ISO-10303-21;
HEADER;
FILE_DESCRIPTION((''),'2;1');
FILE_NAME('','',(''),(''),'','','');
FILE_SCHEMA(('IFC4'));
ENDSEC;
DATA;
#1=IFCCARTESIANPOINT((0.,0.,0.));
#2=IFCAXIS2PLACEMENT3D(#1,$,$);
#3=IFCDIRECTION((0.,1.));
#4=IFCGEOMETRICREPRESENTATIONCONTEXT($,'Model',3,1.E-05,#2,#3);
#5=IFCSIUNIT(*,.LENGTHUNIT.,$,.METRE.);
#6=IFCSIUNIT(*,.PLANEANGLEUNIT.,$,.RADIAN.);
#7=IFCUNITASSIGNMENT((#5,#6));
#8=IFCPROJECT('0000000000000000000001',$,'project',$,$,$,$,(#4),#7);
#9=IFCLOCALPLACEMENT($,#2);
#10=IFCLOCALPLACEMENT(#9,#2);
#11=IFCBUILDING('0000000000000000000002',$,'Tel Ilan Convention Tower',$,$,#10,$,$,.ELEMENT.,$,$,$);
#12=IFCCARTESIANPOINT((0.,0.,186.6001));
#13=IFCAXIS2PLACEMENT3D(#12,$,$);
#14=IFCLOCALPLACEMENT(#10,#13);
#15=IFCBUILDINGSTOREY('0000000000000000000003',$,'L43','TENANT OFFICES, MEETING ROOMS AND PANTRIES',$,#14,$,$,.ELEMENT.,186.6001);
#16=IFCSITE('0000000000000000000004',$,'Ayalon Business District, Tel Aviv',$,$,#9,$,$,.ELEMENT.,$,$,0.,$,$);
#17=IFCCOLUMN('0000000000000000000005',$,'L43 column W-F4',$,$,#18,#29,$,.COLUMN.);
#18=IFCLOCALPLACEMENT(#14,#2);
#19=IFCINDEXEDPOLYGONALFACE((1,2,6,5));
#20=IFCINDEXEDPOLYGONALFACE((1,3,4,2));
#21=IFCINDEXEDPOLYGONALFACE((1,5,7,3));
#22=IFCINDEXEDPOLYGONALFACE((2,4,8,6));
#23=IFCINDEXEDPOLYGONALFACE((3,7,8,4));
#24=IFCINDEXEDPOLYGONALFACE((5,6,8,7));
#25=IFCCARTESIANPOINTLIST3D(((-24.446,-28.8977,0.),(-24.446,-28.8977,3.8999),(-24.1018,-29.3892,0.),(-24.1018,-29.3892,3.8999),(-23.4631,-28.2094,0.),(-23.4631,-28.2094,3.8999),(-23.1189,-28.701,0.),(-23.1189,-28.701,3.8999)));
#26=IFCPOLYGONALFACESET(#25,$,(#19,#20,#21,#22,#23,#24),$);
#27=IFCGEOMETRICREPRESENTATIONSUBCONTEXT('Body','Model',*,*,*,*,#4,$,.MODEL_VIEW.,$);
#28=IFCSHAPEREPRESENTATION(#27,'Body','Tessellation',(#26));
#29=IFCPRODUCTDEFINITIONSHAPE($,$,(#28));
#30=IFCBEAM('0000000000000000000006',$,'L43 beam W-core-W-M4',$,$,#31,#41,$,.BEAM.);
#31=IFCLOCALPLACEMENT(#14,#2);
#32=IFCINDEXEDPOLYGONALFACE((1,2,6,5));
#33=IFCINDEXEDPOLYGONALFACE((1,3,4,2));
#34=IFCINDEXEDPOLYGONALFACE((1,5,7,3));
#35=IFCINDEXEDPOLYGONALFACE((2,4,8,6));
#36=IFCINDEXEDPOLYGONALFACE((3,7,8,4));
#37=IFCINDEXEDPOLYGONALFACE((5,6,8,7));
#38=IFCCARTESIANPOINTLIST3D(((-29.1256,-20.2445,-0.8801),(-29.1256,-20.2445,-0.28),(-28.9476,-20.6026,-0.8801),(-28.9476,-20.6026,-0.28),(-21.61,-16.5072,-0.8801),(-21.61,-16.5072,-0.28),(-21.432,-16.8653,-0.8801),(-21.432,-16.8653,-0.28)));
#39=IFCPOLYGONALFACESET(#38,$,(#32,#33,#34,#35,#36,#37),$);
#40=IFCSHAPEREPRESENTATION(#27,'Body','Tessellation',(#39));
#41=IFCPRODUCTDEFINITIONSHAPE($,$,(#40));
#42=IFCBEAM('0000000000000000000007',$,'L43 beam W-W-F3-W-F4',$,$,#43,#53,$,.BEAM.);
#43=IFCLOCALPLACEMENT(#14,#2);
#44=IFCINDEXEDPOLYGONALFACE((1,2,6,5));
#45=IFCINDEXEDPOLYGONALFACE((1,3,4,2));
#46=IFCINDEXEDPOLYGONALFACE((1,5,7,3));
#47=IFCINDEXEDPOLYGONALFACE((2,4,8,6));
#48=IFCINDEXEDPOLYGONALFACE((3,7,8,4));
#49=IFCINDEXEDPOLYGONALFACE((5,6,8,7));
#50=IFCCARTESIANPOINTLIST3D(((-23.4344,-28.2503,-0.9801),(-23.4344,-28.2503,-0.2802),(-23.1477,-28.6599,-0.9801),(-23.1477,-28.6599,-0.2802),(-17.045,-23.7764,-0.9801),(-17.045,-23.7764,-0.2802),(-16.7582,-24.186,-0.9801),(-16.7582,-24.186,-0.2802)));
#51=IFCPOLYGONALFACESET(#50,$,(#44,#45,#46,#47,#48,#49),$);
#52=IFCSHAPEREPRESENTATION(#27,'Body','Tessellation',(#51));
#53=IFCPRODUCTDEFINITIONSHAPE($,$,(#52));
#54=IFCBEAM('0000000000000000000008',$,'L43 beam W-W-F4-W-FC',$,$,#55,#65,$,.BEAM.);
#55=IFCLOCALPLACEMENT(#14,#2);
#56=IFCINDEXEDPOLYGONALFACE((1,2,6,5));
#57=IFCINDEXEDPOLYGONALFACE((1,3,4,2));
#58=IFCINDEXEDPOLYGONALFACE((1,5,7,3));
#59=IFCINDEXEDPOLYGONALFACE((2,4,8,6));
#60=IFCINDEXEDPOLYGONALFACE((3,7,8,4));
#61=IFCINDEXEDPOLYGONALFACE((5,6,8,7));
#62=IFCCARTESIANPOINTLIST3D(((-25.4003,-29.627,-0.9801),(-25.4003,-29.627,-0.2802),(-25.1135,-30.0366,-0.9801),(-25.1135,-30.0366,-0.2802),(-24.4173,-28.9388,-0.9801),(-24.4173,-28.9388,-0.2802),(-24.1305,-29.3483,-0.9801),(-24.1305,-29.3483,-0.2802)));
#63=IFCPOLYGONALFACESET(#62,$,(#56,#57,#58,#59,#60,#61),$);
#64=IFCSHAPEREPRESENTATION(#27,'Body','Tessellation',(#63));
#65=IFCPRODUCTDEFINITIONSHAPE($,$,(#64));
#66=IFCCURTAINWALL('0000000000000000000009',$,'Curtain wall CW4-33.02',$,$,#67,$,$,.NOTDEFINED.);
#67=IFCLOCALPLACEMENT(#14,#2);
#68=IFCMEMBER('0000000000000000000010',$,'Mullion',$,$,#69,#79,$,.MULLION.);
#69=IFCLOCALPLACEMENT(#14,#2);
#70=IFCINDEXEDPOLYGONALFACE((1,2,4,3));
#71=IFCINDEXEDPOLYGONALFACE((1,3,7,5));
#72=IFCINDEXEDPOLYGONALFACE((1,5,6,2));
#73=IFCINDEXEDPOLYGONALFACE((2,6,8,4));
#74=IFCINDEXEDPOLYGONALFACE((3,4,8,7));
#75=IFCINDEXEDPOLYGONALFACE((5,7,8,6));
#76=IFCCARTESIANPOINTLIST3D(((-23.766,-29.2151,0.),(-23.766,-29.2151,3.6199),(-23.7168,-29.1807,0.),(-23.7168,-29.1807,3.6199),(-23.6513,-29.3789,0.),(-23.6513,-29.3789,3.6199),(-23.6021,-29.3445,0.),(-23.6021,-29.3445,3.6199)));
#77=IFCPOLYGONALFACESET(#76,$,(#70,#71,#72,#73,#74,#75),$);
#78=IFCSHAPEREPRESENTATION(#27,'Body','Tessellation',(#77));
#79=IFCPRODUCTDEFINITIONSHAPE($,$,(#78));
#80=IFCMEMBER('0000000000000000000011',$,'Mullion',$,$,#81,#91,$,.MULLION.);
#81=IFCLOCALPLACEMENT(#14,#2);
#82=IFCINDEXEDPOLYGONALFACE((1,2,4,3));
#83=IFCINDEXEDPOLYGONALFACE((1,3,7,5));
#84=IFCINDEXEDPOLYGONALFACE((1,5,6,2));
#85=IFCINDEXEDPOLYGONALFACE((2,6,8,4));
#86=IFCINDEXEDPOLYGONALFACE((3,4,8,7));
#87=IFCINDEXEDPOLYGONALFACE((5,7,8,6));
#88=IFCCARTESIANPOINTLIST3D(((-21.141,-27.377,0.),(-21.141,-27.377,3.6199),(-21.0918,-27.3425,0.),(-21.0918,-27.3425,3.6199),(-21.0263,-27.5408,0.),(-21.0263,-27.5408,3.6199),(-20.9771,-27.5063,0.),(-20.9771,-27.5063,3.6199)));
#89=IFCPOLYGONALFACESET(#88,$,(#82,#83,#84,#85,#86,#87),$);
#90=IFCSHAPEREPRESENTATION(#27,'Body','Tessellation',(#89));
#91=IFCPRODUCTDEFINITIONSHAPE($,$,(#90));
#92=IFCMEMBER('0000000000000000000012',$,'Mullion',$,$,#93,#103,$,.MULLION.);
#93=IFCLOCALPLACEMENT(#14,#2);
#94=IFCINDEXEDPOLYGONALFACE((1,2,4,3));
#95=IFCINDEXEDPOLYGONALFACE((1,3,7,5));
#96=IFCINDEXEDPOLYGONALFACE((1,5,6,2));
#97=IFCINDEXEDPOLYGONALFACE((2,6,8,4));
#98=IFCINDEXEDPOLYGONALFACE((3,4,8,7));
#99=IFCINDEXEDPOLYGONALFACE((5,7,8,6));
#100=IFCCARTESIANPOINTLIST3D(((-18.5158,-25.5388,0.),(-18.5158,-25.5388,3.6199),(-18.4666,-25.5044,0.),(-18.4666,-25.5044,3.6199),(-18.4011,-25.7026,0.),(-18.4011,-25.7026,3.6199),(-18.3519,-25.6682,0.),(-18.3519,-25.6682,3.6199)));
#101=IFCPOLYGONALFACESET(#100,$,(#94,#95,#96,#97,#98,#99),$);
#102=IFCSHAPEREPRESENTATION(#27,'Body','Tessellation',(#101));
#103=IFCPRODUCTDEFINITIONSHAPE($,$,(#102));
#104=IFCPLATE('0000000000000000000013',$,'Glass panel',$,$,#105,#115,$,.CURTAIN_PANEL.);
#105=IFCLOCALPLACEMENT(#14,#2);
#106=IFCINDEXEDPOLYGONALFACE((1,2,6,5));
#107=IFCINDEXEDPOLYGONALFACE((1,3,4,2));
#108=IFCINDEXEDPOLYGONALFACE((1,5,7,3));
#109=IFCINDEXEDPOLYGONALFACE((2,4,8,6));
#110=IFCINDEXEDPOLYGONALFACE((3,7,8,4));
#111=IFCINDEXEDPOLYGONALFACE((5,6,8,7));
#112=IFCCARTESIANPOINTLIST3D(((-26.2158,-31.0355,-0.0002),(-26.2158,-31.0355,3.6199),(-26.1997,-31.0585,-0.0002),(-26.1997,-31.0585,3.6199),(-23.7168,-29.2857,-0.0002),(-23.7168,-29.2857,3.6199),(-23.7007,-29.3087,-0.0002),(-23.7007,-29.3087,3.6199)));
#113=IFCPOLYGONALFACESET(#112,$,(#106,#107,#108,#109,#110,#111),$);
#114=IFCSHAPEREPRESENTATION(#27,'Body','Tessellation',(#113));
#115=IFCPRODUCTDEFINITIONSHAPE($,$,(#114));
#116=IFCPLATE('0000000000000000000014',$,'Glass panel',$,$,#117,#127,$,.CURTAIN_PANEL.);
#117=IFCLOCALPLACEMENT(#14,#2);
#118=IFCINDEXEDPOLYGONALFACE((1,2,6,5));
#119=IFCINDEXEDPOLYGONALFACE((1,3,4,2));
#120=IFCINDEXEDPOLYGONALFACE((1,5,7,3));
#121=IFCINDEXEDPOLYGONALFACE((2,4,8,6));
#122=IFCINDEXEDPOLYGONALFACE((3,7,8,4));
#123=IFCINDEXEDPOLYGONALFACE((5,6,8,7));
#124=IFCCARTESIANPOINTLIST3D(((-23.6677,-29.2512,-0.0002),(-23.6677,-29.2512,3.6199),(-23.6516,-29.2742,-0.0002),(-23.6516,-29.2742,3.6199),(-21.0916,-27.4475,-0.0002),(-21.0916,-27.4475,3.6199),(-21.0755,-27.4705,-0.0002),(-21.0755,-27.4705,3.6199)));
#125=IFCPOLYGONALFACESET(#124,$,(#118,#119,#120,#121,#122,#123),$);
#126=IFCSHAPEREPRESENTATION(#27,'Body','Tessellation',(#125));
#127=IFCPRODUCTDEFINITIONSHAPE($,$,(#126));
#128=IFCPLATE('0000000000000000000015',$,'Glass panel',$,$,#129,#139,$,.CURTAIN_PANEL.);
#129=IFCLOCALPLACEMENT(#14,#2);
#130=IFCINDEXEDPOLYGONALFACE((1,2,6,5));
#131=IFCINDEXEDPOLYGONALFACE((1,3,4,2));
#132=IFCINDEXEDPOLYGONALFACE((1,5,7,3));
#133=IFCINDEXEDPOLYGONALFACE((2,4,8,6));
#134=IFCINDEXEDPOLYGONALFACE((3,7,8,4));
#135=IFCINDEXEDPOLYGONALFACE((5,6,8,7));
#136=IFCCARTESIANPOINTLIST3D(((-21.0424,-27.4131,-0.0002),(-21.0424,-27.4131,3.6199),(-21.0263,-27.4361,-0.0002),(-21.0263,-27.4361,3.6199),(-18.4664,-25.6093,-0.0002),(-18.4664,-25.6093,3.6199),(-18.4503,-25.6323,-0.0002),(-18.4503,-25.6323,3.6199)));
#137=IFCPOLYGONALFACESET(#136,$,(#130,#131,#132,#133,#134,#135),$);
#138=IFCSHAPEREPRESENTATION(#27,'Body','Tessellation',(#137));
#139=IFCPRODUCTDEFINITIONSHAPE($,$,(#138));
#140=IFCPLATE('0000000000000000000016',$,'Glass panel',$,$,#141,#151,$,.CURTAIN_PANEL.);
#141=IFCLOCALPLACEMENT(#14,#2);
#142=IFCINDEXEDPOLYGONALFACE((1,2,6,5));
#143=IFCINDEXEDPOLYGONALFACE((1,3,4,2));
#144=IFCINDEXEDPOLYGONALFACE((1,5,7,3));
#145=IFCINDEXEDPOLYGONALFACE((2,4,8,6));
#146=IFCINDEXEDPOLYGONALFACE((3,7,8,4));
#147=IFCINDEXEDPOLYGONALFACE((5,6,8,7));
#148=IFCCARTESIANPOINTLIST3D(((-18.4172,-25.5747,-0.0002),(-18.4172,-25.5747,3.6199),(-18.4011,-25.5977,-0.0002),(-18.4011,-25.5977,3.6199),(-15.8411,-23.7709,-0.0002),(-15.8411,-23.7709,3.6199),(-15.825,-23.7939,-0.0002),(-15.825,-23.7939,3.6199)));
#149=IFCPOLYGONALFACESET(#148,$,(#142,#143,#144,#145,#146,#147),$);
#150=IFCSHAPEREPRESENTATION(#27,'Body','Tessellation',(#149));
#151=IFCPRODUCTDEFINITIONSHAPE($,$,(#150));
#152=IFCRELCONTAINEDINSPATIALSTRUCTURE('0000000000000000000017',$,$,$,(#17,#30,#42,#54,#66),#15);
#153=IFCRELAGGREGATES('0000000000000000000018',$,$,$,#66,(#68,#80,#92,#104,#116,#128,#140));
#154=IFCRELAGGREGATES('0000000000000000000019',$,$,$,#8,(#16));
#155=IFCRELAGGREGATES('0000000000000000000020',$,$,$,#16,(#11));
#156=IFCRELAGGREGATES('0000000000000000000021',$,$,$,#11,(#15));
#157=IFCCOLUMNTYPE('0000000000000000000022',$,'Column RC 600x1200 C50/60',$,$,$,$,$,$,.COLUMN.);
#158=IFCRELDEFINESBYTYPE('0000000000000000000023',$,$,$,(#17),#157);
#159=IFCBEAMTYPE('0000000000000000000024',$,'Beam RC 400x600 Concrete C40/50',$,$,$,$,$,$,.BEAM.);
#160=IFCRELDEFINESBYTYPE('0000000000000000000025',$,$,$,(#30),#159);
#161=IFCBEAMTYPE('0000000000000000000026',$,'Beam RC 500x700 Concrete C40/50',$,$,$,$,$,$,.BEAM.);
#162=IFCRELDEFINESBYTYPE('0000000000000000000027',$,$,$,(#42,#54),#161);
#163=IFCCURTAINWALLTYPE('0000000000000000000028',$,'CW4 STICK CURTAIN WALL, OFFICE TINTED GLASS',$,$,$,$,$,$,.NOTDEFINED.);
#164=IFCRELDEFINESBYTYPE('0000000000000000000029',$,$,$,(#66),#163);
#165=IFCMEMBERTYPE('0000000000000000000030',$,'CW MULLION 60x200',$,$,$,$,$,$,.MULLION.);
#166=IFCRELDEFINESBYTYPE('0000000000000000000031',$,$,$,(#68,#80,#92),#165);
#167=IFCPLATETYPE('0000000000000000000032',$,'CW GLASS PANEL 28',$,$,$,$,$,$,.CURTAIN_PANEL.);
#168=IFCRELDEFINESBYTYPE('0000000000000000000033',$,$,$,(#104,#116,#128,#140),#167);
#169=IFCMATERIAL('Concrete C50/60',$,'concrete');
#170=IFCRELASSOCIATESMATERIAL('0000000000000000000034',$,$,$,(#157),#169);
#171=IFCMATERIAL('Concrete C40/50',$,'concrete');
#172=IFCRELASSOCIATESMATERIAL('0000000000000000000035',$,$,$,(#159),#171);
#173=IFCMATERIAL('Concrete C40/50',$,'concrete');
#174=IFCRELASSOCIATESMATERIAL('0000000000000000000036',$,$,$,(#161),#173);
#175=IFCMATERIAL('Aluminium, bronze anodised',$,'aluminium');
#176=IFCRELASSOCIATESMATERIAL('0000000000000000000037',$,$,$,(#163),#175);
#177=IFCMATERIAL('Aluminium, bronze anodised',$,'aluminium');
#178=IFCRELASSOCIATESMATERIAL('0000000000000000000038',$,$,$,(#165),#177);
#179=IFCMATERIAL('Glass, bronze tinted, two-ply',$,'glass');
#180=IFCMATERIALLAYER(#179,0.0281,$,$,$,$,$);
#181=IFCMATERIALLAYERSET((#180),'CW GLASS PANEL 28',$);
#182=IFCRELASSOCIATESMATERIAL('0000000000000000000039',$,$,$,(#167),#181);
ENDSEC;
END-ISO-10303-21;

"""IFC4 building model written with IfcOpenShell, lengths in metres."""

from ifc_helpers import new_model, si_unit, direction, frame, origin, origin_2d, place, context, subcontext, project, spatial, rectangle, extrude, material, layer, layer_set, material_profile, profile_set, type_object, element, aggregate, save


model = new_model("IFC4")

# Units and contexts
model_context = context("Model", 3, precision=1e-05, world=origin(), true_north=direction((0.0, 1.0)))
body_context = subcontext(model_context, "Body", "Model", "MODEL_VIEW")
ifc_project = project(units=[si_unit("LENGTHUNIT", "METRE"), si_unit("PLANEANGLEUNIT", "RADIAN")], contexts=[model_context])

# Site, building, storey
site_placement = place(None, origin())
site = spatial("IfcSite", under=ifc_project, at=site_placement, Name="Ayalon Business District, Tel Aviv", CompositionType="ELEMENT", RefElevation=0.0)
building_placement = place(site_placement, origin())
building = spatial("IfcBuilding", under=site, at=building_placement, Name="Tel Ilan Convention Tower", CompositionType="ELEMENT")
storey_placement = place(building_placement, frame((0.0, 0.0, 186.6001)))
storey = spatial("IfcBuildingStorey", under=building, at=storey_placement, Name="L43", Description="TENANT OFFICES, MEETING ROOMS AND PANTRIES", CompositionType="ELEMENT", Elevation=186.6001)

# Column
ifc_material_1 = material(Name="Concrete C50/60", Category="concrete")
ifc_material_profile_1 = material_profile(ifc_material_1, rectangle(XDim=1.2, YDim=0.6001, at=origin_2d()), Name="RC 600x1200")
ifc_profile_set_1 = profile_set([ifc_material_profile_1], Name="Concrete C50/60")
column_type = type_object("IfcColumnType", Name="Column RC 600x1200 C50/60", PredefinedType="COLUMN", material=ifc_profile_set_1)
column_placement = place(storey_placement, frame((-23.7825, -28.7993, 0.0), z_axis=(0.0, 0.0, 1.0), x_axis=(-0.819152, -0.573576, 0.0)))
element("IfcColumn", 1, at=column_placement, inside=storey, type_object=column_type, Name="L43 column W-F4", PredefinedType="COLUMN", context=body_context, shape_type="SweptSolid", body=[
    extrude(rectangle(XDim=1.2, YDim=0.6001, at=origin_2d()), origin(), (0.0, 0.0, 1.0), 3.8999),
])

# Beams
ifc_material_2 = material(Name="Concrete C40/50", Category="concrete")
ifc_material_profile_2 = material_profile(ifc_material_2, rectangle(XDim=0.3999, YDim=0.6001, at=origin_2d()), Name="RC 400x600")
ifc_profile_set_2 = profile_set([ifc_material_profile_2], Name="Concrete C40/50")
beam_type_1 = type_object("IfcBeamType", Name="Beam RC 400x600 Concrete C40/50", PredefinedType="BEAM", material=ifc_profile_set_2)
beam_1_placement = place(storey_placement, frame((-21.521, -16.6863, -0.5801), z_axis=(-0.895402, -0.445258, 0.0), x_axis=(0.445258, -0.895402, 0.0)))
element("IfcBeam", 2, at=beam_1_placement, inside=storey, type_object=beam_type_1, Name="L43 beam W-core-W-M4", PredefinedType="BEAM", context=body_context, shape_type="SweptSolid", body=[
    extrude(rectangle(XDim=0.3999, YDim=0.6001, at=origin_2d()), origin(), (0.0, 0.0, 1.0), 8.3936),
])
ifc_material_3 = material(Name="Concrete C40/50", Category="concrete")
ifc_material_profile_3 = material_profile(ifc_material_3, rectangle(XDim=0.5, YDim=0.7, at=origin_2d()), Name="RC 500x700")
ifc_profile_set_3 = profile_set([ifc_material_profile_3], Name="Concrete C40/50")
beam_type_2 = type_object("IfcBeamType", Name="Beam RC 500x700 Concrete C40/50", PredefinedType="BEAM", material=ifc_profile_set_3)
beam_2_placement = place(storey_placement, frame((-16.9016, -23.9812, -0.6301), z_axis=(-0.819154, -0.573574, 0.0), x_axis=(0.573574, -0.819154, 0.0)))
element("IfcBeam", 3, at=beam_2_placement, inside=storey, type_object=beam_type_2, Name="L43 beam W-W-F3-W-F4", PredefinedType="BEAM", context=body_context, shape_type="SweptSolid", body=[
    extrude(rectangle(XDim=0.5, YDim=0.7, at=origin_2d()), origin(), (0.0, 0.0, 1.0), 7.8),
])
beam_3_placement = place(storey_placement, frame((-24.2739, -29.1436, -0.6301), z_axis=(-0.819155, -0.573572, 0.0), x_axis=(0.573572, -0.819155, 0.0)))
element("IfcBeam", 4, at=beam_3_placement, inside=storey, type_object=beam_type_2, Name="L43 beam W-W-F4-W-FC", PredefinedType="BEAM", context=body_context, shape_type="SweptSolid", body=[
    extrude(rectangle(XDim=0.5, YDim=0.7, at=origin_2d()), origin(), (0.0, 0.0, 1.0), 1.2),
])

# Curtain wall, members, plates
ifc_material_4 = material(Name="Aluminium, bronze anodised", Category="aluminium")
curtain_wall_type = type_object("IfcCurtainWallType", Name="CW4 STICK CURTAIN WALL, OFFICE TINTED GLASS", PredefinedType="NOTDEFINED", material=ifc_material_4)
curtain_wall_placement = place(storey_placement, origin())
curtain_wall = element("IfcCurtainWall", 5, at=curtain_wall_placement, inside=storey, type_object=curtain_wall_type, Name="Curtain wall CW4-33.02", PredefinedType="NOTDEFINED")
ifc_material_5 = material(Name="Aluminium, bronze anodised", Category="aluminium")
ifc_material_profile_4 = material_profile(ifc_material_5, rectangle(XDim=0.0601, YDim=0.2, at=origin_2d()), Name="CW MULLION 60x200")
ifc_profile_set_4 = profile_set([ifc_material_profile_4], Name="Aluminium, bronze anodised")
member_type = type_object("IfcMemberType", Name="CW MULLION 60x200", PredefinedType="MULLION", material=ifc_profile_set_4)
member_1_placement = place(storey_placement, frame((-23.6841, -29.2798, 0.0), z_axis=(0.0, 0.0, 1.0), x_axis=(0.819152, 0.573576, 0.0)))
member_1 = element("IfcMember", 6, at=member_1_placement, type_object=member_type, Name="Mullion", PredefinedType="MULLION", context=body_context, shape_type="SweptSolid", body=[
    extrude(rectangle(XDim=0.0601, YDim=0.2, at=origin_2d()), origin(), (0.0, 0.0, 1.0), 3.6199),
])
member_2_placement = place(storey_placement, frame((-21.0591, -27.4417, 0.0), z_axis=(0.0, 0.0, 1.0), x_axis=(0.819152, 0.573576, 0.0)))
member_2 = element("IfcMember", 7, at=member_2_placement, type_object=member_type, Name="Mullion", PredefinedType="MULLION", context=body_context, shape_type="SweptSolid", body=[
    extrude(rectangle(XDim=0.0601, YDim=0.2, at=origin_2d()), origin(), (0.0, 0.0, 1.0), 3.6199),
])
member_3_placement = place(storey_placement, frame((-18.4338, -25.6035, 0.0), z_axis=(0.0, 0.0, 1.0), x_axis=(0.819152, 0.573576, 0.0)))
member_3 = element("IfcMember", 8, at=member_3_placement, type_object=member_type, Name="Mullion", PredefinedType="MULLION", context=body_context, shape_type="SweptSolid", body=[
    extrude(rectangle(XDim=0.0601, YDim=0.2, at=origin_2d()), origin(), (0.0, 0.0, 1.0), 3.6199),
])
ifc_material_6 = material(Name="Glass, bronze tinted, two-ply", Category="glass")
ifc_layer_1 = layer(ifc_material_6, 0.0281)
ifc_layer_set_1 = layer_set([ifc_layer_1], Name="CW GLASS PANEL 28")
plate_type = type_object("IfcPlateType", Name="CW GLASS PANEL 28", PredefinedType="CURTAIN_PANEL", material=ifc_layer_set_1)
plate_1_placement = place(storey_placement, frame((-24.9583, -30.1721, -0.0002), z_axis=(0.0, 0.0, 1.0), x_axis=(0.819152, 0.573576, 0.0)))
plate_1 = element("IfcPlate", 9, at=plate_1_placement, type_object=plate_type, Name="Glass panel", PredefinedType="CURTAIN_PANEL", context=body_context, shape_type="SweptSolid", body=[
    extrude(rectangle(XDim=3.0508, YDim=0.0281, at=origin_2d()), origin(), (0.0, 0.0, 1.0), 3.6201),
])
plate_2_placement = place(storey_placement, frame((-22.3716, -28.3608, -0.0002), z_axis=(0.0, 0.0, 1.0), x_axis=(0.819152, 0.573576, 0.0)))
plate_2 = element("IfcPlate", 10, at=plate_2_placement, type_object=plate_type, Name="Glass panel", PredefinedType="CURTAIN_PANEL", context=body_context, shape_type="SweptSolid", body=[
    extrude(rectangle(XDim=3.1448, YDim=0.0281, at=origin_2d()), origin(), (0.0, 0.0, 1.0), 3.6201),
])
plate_3_placement = place(storey_placement, frame((-19.7463, -26.5227, -0.0002), z_axis=(0.0, 0.0, 1.0), x_axis=(0.819152, 0.573576, 0.0)))
plate_3 = element("IfcPlate", 11, at=plate_3_placement, type_object=plate_type, Name="Glass panel", PredefinedType="CURTAIN_PANEL", context=body_context, shape_type="SweptSolid", body=[
    extrude(rectangle(XDim=3.1448, YDim=0.0281, at=origin_2d()), origin(), (0.0, 0.0, 1.0), 3.6201),
])
plate_4_placement = place(storey_placement, frame((-17.1211, -24.6843, -0.0002), z_axis=(0.0, 0.0, 1.0), x_axis=(0.819152, 0.573576, 0.0)))
plate_4 = element("IfcPlate", 12, at=plate_4_placement, type_object=plate_type, Name="Glass panel", PredefinedType="CURTAIN_PANEL", context=body_context, shape_type="SweptSolid", body=[
    extrude(rectangle(XDim=3.1448, YDim=0.0281, at=origin_2d()), origin(), (0.0, 0.0, 1.0), 3.6201),
])
aggregate(curtain_wall, [member_1, member_2, member_3, plate_1, plate_2, plate_3, plate_4])

save(model, "model.ifc")
